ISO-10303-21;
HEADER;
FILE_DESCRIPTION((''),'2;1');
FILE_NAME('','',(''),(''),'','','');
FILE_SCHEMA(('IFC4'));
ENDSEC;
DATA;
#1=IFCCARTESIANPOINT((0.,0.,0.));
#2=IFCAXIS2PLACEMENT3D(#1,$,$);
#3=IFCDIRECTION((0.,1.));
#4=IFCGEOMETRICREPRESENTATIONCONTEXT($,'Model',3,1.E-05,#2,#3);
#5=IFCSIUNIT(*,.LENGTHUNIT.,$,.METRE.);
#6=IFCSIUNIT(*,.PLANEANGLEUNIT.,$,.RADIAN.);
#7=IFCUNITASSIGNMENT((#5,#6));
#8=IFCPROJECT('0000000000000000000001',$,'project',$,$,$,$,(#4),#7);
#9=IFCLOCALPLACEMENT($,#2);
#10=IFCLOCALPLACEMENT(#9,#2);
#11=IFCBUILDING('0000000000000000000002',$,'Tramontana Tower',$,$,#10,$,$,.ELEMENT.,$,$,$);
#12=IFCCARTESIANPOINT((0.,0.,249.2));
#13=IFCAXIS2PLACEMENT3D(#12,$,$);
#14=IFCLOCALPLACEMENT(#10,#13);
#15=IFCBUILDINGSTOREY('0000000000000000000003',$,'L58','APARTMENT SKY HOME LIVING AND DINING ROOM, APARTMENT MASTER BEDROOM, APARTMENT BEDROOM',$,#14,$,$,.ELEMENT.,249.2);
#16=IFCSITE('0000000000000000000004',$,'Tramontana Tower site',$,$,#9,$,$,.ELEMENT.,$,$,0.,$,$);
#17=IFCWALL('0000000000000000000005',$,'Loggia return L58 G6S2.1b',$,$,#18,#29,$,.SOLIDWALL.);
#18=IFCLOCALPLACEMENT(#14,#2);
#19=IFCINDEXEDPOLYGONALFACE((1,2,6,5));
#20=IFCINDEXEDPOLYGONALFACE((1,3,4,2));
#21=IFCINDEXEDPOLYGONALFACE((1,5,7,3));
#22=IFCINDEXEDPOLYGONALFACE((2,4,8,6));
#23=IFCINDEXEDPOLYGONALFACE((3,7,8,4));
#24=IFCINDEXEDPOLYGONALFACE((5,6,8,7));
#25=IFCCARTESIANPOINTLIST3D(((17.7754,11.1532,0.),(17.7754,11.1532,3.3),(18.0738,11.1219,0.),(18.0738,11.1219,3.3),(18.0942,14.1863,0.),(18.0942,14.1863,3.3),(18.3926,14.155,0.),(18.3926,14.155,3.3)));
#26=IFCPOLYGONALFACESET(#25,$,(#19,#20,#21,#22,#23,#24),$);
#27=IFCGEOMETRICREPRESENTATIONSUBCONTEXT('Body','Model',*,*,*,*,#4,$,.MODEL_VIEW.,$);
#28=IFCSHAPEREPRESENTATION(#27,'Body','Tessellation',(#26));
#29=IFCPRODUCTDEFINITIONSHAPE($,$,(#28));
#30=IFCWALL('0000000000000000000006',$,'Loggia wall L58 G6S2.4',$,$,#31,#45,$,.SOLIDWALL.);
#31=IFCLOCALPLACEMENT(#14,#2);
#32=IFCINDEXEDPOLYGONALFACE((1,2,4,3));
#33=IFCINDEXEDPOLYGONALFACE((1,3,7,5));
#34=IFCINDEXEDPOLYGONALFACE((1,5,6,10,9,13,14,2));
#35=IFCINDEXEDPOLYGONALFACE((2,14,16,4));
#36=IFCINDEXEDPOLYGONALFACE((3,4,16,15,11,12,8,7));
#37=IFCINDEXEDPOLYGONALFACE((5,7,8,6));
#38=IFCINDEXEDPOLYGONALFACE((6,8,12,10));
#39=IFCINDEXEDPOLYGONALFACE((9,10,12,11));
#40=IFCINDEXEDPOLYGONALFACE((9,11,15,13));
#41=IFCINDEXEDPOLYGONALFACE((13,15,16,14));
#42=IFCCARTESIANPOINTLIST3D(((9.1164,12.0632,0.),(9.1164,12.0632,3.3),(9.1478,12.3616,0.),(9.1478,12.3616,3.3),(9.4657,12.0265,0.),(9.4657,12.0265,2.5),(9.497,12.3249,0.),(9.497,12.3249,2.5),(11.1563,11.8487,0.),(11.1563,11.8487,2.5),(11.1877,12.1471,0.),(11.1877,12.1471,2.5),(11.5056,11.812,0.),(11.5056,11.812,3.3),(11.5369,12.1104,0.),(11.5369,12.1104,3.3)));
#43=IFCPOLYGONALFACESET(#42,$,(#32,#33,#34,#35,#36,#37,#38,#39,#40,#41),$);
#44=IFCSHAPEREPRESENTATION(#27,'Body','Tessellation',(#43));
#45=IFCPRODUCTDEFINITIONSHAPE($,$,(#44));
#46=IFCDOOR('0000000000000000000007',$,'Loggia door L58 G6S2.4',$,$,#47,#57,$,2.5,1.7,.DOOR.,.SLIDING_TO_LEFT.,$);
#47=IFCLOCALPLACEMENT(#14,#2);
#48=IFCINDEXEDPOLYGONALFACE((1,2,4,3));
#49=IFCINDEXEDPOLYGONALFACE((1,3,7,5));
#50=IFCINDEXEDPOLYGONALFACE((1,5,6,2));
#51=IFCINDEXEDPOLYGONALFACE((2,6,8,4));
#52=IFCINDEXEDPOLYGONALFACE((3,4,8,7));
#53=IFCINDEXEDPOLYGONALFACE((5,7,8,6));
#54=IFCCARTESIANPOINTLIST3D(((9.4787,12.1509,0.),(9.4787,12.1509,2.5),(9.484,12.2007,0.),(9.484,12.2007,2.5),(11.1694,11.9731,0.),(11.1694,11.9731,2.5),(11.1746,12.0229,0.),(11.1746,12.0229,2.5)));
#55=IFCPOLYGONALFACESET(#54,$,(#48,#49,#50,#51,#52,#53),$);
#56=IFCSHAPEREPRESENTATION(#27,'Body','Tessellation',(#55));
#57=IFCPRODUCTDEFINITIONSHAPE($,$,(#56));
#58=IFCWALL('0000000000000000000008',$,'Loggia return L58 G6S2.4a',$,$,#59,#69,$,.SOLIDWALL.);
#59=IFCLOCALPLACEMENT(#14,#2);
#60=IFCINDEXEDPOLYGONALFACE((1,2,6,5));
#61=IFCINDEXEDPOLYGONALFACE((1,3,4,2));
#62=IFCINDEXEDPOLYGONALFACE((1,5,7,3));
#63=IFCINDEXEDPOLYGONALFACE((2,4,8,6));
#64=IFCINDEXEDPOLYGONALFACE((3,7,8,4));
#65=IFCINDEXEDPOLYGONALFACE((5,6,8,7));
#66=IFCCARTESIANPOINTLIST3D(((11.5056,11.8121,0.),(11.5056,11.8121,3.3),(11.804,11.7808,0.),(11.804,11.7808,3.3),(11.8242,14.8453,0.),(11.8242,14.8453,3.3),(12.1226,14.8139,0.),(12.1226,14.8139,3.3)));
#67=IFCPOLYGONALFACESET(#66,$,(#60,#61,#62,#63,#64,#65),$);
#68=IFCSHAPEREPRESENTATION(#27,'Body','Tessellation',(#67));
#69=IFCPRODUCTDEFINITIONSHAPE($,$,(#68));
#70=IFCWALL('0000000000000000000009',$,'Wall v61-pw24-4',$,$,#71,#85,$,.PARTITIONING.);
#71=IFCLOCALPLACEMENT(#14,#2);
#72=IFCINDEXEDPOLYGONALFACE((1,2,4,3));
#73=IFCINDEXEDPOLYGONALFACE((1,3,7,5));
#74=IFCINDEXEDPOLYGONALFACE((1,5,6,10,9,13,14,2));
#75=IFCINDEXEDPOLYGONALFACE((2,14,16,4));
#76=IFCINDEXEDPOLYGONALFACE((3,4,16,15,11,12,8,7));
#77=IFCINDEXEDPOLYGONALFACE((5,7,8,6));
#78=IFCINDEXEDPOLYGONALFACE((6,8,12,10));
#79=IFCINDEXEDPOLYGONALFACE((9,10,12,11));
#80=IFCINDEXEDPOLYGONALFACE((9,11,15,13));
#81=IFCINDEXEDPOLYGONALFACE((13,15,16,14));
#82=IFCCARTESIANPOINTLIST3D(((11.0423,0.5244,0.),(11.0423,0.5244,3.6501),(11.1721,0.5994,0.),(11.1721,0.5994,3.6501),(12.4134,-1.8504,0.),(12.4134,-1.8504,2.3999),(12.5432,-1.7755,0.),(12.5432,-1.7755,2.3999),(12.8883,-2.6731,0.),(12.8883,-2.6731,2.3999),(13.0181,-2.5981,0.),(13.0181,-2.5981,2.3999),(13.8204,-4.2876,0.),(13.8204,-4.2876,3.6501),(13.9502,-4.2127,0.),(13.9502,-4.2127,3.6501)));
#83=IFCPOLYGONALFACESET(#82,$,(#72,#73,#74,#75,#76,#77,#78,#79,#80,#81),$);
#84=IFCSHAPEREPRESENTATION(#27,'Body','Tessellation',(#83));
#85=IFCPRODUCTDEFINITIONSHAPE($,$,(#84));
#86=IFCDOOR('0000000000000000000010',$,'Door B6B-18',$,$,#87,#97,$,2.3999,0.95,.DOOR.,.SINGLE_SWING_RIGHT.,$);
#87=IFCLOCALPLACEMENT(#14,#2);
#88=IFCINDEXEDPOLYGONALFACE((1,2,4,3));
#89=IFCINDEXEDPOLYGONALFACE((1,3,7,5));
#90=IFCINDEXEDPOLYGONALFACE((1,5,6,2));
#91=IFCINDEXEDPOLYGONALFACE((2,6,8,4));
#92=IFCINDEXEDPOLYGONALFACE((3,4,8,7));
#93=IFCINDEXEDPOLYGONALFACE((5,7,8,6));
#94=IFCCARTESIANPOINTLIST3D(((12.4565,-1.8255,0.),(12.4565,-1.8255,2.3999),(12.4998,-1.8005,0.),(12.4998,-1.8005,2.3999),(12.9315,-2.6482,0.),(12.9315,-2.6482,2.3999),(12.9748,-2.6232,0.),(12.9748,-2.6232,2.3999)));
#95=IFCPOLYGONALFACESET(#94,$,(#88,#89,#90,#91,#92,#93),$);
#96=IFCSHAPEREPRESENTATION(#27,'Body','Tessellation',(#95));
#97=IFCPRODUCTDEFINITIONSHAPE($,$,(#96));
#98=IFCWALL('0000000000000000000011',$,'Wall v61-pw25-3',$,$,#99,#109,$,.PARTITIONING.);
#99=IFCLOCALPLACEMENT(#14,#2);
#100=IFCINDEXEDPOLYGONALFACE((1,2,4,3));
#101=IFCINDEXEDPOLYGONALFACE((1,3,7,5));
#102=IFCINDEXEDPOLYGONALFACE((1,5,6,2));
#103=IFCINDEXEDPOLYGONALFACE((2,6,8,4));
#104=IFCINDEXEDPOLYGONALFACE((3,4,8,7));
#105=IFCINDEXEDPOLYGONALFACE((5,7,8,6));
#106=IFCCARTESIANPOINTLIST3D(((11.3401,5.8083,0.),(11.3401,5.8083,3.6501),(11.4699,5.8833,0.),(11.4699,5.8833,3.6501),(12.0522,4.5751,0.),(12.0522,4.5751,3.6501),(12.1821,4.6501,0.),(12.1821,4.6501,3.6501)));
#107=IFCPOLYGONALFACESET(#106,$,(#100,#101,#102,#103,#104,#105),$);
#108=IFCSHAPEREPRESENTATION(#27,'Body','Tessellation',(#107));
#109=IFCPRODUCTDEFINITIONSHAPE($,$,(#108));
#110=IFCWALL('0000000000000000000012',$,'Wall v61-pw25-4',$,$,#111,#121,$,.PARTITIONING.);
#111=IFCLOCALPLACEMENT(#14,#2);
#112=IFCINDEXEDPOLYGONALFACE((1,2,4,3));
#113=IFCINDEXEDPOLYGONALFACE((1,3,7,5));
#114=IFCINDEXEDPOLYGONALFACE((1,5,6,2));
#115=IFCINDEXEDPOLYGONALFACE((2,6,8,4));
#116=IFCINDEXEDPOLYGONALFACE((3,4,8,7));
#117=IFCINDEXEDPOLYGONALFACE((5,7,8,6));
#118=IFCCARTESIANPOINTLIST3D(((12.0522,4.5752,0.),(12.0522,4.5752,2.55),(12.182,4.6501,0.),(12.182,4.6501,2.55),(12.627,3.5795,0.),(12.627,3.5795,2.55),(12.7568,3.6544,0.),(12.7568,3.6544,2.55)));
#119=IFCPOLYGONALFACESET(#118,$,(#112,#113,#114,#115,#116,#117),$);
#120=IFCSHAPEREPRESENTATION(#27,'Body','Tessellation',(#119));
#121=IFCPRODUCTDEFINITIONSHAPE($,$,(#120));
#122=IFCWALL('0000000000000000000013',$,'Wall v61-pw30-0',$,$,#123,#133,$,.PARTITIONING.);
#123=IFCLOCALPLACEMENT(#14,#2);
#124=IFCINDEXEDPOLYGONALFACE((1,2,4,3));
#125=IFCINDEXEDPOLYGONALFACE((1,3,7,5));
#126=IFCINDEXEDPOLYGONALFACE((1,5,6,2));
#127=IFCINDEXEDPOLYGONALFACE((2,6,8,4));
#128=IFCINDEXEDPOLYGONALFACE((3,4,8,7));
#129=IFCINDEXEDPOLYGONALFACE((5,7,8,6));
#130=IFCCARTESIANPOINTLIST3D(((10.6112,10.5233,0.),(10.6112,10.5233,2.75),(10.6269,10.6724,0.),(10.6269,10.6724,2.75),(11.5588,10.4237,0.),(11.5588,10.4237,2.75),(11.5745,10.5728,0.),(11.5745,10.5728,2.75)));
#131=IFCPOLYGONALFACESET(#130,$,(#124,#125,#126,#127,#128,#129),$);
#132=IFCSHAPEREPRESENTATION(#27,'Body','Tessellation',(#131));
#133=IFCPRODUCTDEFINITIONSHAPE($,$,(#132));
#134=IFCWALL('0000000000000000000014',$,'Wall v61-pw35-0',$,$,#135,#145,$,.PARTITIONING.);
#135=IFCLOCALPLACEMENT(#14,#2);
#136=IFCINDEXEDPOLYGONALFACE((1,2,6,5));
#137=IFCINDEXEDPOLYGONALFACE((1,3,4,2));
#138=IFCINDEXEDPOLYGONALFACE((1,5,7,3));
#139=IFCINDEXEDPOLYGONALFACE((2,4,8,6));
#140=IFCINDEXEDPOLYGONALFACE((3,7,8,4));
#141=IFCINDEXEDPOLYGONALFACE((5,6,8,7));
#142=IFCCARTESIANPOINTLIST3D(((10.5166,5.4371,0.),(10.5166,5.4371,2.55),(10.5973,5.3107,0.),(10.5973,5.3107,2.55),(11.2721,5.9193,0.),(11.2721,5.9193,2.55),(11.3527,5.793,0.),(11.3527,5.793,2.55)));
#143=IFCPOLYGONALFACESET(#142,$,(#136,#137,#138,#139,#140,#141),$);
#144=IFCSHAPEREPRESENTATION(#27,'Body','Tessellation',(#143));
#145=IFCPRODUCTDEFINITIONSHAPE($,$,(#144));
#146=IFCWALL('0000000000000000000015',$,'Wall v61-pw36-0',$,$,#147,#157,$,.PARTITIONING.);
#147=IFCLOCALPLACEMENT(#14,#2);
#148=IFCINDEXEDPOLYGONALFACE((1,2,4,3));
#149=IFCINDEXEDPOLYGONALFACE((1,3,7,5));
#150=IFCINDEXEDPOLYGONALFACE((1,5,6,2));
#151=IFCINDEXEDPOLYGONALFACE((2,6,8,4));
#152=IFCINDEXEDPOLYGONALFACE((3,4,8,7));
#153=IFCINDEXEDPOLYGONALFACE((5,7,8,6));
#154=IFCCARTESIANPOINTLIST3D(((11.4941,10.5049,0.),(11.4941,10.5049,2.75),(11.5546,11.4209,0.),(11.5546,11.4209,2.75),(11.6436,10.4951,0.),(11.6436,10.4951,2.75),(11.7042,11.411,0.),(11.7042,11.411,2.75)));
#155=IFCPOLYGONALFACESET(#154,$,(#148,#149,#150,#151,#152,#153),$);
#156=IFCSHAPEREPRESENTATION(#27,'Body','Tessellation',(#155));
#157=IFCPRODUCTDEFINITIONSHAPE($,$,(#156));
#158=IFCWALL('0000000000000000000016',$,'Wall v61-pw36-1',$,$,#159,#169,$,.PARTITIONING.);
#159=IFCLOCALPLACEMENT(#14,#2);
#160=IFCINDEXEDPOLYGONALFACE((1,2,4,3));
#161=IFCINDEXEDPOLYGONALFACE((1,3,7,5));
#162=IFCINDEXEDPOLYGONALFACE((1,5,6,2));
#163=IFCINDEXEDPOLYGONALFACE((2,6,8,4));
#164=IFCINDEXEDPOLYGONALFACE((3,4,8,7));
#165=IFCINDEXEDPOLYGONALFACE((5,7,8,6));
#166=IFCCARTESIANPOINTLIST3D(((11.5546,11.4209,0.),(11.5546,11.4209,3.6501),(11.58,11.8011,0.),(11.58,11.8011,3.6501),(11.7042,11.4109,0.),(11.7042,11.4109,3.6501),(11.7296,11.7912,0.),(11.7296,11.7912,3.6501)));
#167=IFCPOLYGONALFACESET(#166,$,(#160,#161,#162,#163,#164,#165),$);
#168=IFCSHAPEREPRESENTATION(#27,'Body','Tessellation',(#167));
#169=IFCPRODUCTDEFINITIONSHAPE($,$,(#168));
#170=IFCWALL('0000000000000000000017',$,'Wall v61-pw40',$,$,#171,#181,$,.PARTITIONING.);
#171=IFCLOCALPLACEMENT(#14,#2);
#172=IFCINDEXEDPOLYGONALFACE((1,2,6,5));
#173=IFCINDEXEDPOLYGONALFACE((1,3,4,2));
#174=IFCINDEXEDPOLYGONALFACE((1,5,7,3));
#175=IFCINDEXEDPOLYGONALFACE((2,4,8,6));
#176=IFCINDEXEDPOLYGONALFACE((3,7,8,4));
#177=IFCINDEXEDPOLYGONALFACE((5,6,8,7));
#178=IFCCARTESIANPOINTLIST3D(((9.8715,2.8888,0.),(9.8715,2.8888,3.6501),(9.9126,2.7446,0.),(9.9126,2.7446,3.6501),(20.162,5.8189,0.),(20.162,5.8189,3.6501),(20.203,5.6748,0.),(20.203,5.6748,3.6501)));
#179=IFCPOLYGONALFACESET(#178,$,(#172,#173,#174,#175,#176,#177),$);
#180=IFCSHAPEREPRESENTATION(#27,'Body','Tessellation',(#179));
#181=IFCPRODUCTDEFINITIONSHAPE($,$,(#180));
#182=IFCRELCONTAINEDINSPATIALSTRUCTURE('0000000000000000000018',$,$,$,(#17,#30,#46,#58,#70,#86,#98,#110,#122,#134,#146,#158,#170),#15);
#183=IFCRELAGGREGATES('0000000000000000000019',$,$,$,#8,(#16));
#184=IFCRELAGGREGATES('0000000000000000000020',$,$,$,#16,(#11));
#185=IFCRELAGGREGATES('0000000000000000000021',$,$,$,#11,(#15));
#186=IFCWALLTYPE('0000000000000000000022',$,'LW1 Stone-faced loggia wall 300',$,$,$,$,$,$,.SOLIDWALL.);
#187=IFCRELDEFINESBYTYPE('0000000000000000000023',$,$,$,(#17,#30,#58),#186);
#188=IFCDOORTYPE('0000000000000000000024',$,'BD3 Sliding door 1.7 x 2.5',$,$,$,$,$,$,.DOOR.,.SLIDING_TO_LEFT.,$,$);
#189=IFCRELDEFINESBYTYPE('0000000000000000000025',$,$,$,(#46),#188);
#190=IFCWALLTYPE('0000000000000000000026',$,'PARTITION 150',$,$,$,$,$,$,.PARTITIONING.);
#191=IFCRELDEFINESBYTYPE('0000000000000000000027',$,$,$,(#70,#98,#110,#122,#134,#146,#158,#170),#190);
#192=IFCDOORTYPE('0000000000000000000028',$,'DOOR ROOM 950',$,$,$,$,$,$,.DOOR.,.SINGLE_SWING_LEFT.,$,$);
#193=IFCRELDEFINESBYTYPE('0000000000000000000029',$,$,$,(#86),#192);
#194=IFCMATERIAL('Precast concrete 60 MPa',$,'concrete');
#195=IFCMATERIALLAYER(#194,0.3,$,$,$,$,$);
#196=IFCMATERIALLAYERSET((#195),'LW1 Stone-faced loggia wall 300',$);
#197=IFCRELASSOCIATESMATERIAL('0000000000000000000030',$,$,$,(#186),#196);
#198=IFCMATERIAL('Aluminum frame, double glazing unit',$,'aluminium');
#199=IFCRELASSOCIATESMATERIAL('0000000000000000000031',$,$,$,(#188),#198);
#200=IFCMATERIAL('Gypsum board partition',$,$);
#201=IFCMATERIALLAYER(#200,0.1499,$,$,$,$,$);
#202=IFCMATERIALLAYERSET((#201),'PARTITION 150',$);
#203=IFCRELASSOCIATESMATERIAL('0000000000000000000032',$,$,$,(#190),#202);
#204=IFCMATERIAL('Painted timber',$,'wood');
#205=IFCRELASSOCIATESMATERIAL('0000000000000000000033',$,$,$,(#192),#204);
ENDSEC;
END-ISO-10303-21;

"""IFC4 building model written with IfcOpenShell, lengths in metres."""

from ifc_helpers import new_model, si_unit, direction, frame, frame_2d, origin, place, context, subcontext, project, spatial, rectangle, extrude, material, layer, layer_set, type_object, element, fill, save


model = new_model("IFC4")

# Units and contexts
model_context = context("Model", 3, precision=1e-05, world=origin(), true_north=direction((0.0, 1.0)))
body_context = subcontext(model_context, "Body", "Model", "MODEL_VIEW")
ifc_project = project(units=[si_unit("LENGTHUNIT", "METRE"), si_unit("PLANEANGLEUNIT", "RADIAN")], contexts=[model_context])

# Site, building, storey
site_placement = place(None, origin())
site = spatial("IfcSite", under=ifc_project, at=site_placement, Name="Tramontana Tower site", CompositionType="ELEMENT", RefElevation=0.0)
building_placement = place(site_placement, origin())
building = spatial("IfcBuilding", under=site, at=building_placement, Name="Tramontana Tower", CompositionType="ELEMENT")
storey_placement = place(building_placement, frame((0.0, 0.0, 249.2)))
storey = spatial("IfcBuildingStorey", under=building, at=storey_placement, Name="L58", Description="APARTMENT SKY HOME LIVING AND DINING ROOM, APARTMENT MASTER BEDROOM, APARTMENT BEDROOM", CompositionType="ELEMENT", Elevation=249.2)

# Shared definitions
ifc_material_1 = material(Name="Precast concrete 60 MPa", Category="concrete")
ifc_layer_1 = layer(ifc_material_1, 0.3)
ifc_layer_set_1 = layer_set([ifc_layer_1], Name="LW1 Stone-faced loggia wall 300")
wall_type_1 = type_object("IfcWallType", Name="LW1 Stone-faced loggia wall 300", PredefinedType="SOLIDWALL", material=ifc_layer_set_1)
ifc_material_2 = material(Name="Aluminum frame, double glazing unit", Category="aluminium")
door_type_1 = type_object("IfcDoorType", Name="BD3 Sliding door 1.7 x 2.5", OperationType="SLIDING_TO_LEFT", PredefinedType="DOOR", material=ifc_material_2)

# Wall
wall_1_placement = place(storey_placement, frame((18.2434, 14.1707, 0.0), z_axis=(0.0, 0.0, 1.0), x_axis=(-0.104543, -0.99452, 0.0)))
element("IfcWall", 1, at=wall_1_placement, inside=storey, type_object=wall_type_1, Name="Loggia return L58 G6S2.1b", PredefinedType="SOLIDWALL", context=body_context, shape_type="SweptSolid", body=[
    extrude(rectangle(XDim=3.0498, YDim=0.3, at=frame_2d((1.5249, 0.0))), origin(), (0.0, 0.0, 1.0), 3.3),
])

# Wall, opening, door
wall_2_placement = place(storey_placement, frame((11.5212, 11.9612, 0.0), z_axis=(0.0, 0.0, 1.0), x_axis=(-0.994517, 0.104574, 0.0)))
wall_2 = element("IfcWall", 2, at=wall_2_placement, inside=storey, type_object=wall_type_1, Name="Loggia wall L58 G6S2.4", PredefinedType="SOLIDWALL", context=body_context, shape_type="SweptSolid", body=[
    extrude(rectangle(XDim=2.4023, YDim=0.3, at=frame_2d((1.2012, 0.0))), origin(), (0.0, 0.0, 1.0), 3.3),
])
opening_1_placement = place(wall_2_placement, frame((0.3511, 0.0, 0.0)))
opening_1 = element("IfcOpeningElement", 3, at=opening_1_placement, cuts=wall_2, PredefinedType="OPENING", context=body_context, shape_type="SweptSolid", body=[
    extrude(rectangle(XDim=1.7, YDim=2.5, at=frame_2d((0.8501, 1.25))), frame((0.0, 0.1599, 0.0), z_axis=(0.0, -1.0, 0.0), x_axis=(1.0, 0.0, 0.0)), (0.0, 0.0, 1.0), 0.3201),
])
door_1_placement = place(opening_1_placement, origin())
door_1 = element("IfcDoor", 4, at=door_1_placement, inside=storey, type_object=door_type_1, Name="Loggia door L58 G6S2.4", OperationType="SLIDING_TO_LEFT", OverallHeight=2.5, OverallWidth=1.7, PredefinedType="DOOR", context=body_context, shape_type="SweptSolid", body=[
    extrude(rectangle(XDim=1.7, YDim=2.5, at=frame_2d((0.8501, 1.25))), frame((0.0, 0.0249, 0.0), z_axis=(0.0, -1.0, 0.0), x_axis=(1.0, 0.0, 0.0)), (0.0, 0.0, 1.0), 0.05),
])
fill(opening_1, door_1)

# Wall
wall_3_placement = place(storey_placement, frame((11.9734, 14.8296, 0.0), z_axis=(0.0, 0.0, 1.0), x_axis=(-0.104464, -0.994529, 0.0)))
element("IfcWall", 5, at=wall_3_placement, inside=storey, type_object=wall_type_1, Name="Loggia return L58 G6S2.4a", PredefinedType="SOLIDWALL", context=body_context, shape_type="SweptSolid", body=[
    extrude(rectangle(XDim=3.0498, YDim=0.3, at=frame_2d((1.5249, 0.0))), origin(), (0.0, 0.0, 1.0), 3.3),
])

# Wall, opening, door
ifc_material_3 = material(Name="Gypsum board partition")
ifc_layer_2 = layer(ifc_material_3, 0.1499)
ifc_layer_set_2 = layer_set([ifc_layer_2], Name="PARTITION 150")
wall_type_2 = type_object("IfcWallType", Name="PARTITION 150", PredefinedType="PARTITIONING", material=ifc_layer_set_2)
wall_4_placement = place(storey_placement, frame((11.1072, 0.562, 0.0), z_axis=(0.0, 0.0, 1.0), x_axis=(0.499981, -0.866036, 0.0)))
wall_4 = element("IfcWall", 6, at=wall_4_placement, inside=storey, type_object=wall_type_2, Name="Wall v61-pw24-4", PredefinedType="PARTITIONING", context=body_context, shape_type="SweptSolid", body=[
    extrude(rectangle(XDim=5.5564, YDim=0.1499, at=frame_2d((2.7783, 0.0))), origin(), (0.0, 0.0, 1.0), 3.6501),
])
opening_2_placement = place(wall_4_placement, frame((2.7422, 0.0, 0.0)))
opening_2 = element("IfcOpeningElement", 7, at=opening_2_placement, cuts=wall_4, PredefinedType="OPENING", context=body_context, shape_type="SweptSolid", body=[
    extrude(rectangle(XDim=0.95, YDim=2.3999, at=frame_2d((0.4751, 1.2))), frame((0.0, 0.085, 0.0), z_axis=(0.0, -1.0, 0.0), x_axis=(1.0, 0.0, 0.0)), (0.0, 0.0, 1.0), 0.1699),
])
ifc_material_4 = material(Name="Painted timber", Category="wood")
door_type_2 = type_object("IfcDoorType", Name="DOOR ROOM 950", OperationType="SINGLE_SWING_LEFT", PredefinedType="DOOR", material=ifc_material_4)
door_2_placement = place(opening_2_placement, origin())
door_2 = element("IfcDoor", 8, at=door_2_placement, inside=storey, type_object=door_type_2, Name="Door B6B-18", OperationType="SINGLE_SWING_RIGHT", OverallHeight=2.3999, OverallWidth=0.95, PredefinedType="DOOR", context=body_context, shape_type="SweptSolid", body=[
    extrude(rectangle(XDim=0.95, YDim=2.3999, at=frame_2d((0.4751, 1.2))), frame((0.0, 0.0249, 0.0), z_axis=(0.0, -1.0, 0.0), x_axis=(1.0, 0.0, 0.0)), (0.0, 0.0, 1.0), 0.05),
])
fill(opening_2, door_2)

# Walls
wall_5_placement = place(storey_placement, frame((11.405, 5.8457, 0.0), z_axis=(0.0, 0.0, 1.0), x_axis=(0.500103, -0.865966, 0.0)))
element("IfcWall", 9, at=wall_5_placement, inside=storey, type_object=wall_type_2, Name="Wall v61-pw25-3", PredefinedType="PARTITIONING", context=body_context, shape_type="SweptSolid", body=[
    extrude(rectangle(XDim=1.4241, YDim=0.1499, at=frame_2d((0.7119, 0.0))), origin(), (0.0, 0.0, 1.0), 3.6501),
])
wall_6_placement = place(storey_placement, frame((12.1172, 4.6125, 0.0), z_axis=(0.0, 0.0, 1.0), x_axis=(0.499931, -0.866065, 0.0)))
element("IfcWall", 10, at=wall_6_placement, inside=storey, type_object=wall_type_2, Name="Wall v61-pw25-4", PredefinedType="PARTITIONING", context=body_context, shape_type="SweptSolid", body=[
    extrude(rectangle(XDim=1.1497, YDim=0.1499, at=frame_2d((0.5747, 0.0))), origin(), (0.0, 0.0, 1.0), 2.55),
])
wall_7_placement = place(storey_placement, frame((10.6189, 10.5979, 0.0), z_axis=(0.0, 0.0, 1.0), x_axis=(0.994522, -0.104525, 0.0)))
element("IfcWall", 11, at=wall_7_placement, inside=storey, type_object=wall_type_2, Name="Wall v61-pw30-0", PredefinedType="PARTITIONING", context=body_context, shape_type="SweptSolid", body=[
    extrude(rectangle(XDim=0.9529, YDim=0.1499, at=frame_2d((0.4766, 0.0))), origin(), (0.0, 0.0, 1.0), 2.75),
])
wall_8_placement = place(storey_placement, frame((11.3125, 5.8562, 0.0), z_axis=(0.0, 0.0, 1.0), x_axis=(-0.842909, -0.538056, 0.0)))
element("IfcWall", 12, at=wall_8_placement, inside=storey, type_object=wall_type_2, Name="Wall v61-pw35-0", PredefinedType="PARTITIONING", context=body_context, shape_type="SweptSolid", body=[
    extrude(rectangle(XDim=0.8962, YDim=0.1499, at=frame_2d((0.4482, 0.0))), origin(), (0.0, 0.0, 1.0), 2.55),
])

# Walls
wall_9_placement = place(storey_placement, frame((11.5688, 10.5, 0.0), z_axis=(0.0, 0.0, 1.0), x_axis=(0.065954, 0.997823, 0.0)))
element("IfcWall", 13, at=wall_9_placement, inside=storey, type_object=wall_type_2, Name="Wall v61-pw36-0", PredefinedType="PARTITIONING", context=body_context, shape_type="SweptSolid", body=[
    extrude(rectangle(XDim=0.918, YDim=0.1499, at=frame_2d((0.459, 0.0))), origin(), (0.0, 0.0, 1.0), 2.75),
])
wall_10_placement = place(storey_placement, frame((11.6294, 11.416, 0.0), z_axis=(0.0, 0.0, 1.0), x_axis=(0.066604, 0.997779, 0.0)))
element("IfcWall", 14, at=wall_10_placement, inside=storey, type_object=wall_type_2, Name="Wall v61-pw36-1", PredefinedType="PARTITIONING", context=body_context, shape_type="SweptSolid", body=[
    extrude(rectangle(XDim=0.3811, YDim=0.1499, at=frame_2d((0.1904, 0.0))), origin(), (0.0, 0.0, 1.0), 3.6501),
])
wall_11_placement = place(storey_placement, frame((20.1824, 5.7468, 0.0), z_axis=(0.0, 0.0, 1.0), x_axis=(-0.96177, -0.273859, 0.0)))
element("IfcWall", 15, at=wall_11_placement, inside=storey, type_object=wall_type_2, Name="Wall v61-pw40", PredefinedType="PARTITIONING", context=body_context, shape_type="SweptSolid", body=[
    extrude(rectangle(XDim=10.6995, YDim=0.1499, at=frame_2d((5.3496, 0.0))), origin(), (0.0, 0.0, 1.0), 3.6501),
])

save(model, "model.ifc")
